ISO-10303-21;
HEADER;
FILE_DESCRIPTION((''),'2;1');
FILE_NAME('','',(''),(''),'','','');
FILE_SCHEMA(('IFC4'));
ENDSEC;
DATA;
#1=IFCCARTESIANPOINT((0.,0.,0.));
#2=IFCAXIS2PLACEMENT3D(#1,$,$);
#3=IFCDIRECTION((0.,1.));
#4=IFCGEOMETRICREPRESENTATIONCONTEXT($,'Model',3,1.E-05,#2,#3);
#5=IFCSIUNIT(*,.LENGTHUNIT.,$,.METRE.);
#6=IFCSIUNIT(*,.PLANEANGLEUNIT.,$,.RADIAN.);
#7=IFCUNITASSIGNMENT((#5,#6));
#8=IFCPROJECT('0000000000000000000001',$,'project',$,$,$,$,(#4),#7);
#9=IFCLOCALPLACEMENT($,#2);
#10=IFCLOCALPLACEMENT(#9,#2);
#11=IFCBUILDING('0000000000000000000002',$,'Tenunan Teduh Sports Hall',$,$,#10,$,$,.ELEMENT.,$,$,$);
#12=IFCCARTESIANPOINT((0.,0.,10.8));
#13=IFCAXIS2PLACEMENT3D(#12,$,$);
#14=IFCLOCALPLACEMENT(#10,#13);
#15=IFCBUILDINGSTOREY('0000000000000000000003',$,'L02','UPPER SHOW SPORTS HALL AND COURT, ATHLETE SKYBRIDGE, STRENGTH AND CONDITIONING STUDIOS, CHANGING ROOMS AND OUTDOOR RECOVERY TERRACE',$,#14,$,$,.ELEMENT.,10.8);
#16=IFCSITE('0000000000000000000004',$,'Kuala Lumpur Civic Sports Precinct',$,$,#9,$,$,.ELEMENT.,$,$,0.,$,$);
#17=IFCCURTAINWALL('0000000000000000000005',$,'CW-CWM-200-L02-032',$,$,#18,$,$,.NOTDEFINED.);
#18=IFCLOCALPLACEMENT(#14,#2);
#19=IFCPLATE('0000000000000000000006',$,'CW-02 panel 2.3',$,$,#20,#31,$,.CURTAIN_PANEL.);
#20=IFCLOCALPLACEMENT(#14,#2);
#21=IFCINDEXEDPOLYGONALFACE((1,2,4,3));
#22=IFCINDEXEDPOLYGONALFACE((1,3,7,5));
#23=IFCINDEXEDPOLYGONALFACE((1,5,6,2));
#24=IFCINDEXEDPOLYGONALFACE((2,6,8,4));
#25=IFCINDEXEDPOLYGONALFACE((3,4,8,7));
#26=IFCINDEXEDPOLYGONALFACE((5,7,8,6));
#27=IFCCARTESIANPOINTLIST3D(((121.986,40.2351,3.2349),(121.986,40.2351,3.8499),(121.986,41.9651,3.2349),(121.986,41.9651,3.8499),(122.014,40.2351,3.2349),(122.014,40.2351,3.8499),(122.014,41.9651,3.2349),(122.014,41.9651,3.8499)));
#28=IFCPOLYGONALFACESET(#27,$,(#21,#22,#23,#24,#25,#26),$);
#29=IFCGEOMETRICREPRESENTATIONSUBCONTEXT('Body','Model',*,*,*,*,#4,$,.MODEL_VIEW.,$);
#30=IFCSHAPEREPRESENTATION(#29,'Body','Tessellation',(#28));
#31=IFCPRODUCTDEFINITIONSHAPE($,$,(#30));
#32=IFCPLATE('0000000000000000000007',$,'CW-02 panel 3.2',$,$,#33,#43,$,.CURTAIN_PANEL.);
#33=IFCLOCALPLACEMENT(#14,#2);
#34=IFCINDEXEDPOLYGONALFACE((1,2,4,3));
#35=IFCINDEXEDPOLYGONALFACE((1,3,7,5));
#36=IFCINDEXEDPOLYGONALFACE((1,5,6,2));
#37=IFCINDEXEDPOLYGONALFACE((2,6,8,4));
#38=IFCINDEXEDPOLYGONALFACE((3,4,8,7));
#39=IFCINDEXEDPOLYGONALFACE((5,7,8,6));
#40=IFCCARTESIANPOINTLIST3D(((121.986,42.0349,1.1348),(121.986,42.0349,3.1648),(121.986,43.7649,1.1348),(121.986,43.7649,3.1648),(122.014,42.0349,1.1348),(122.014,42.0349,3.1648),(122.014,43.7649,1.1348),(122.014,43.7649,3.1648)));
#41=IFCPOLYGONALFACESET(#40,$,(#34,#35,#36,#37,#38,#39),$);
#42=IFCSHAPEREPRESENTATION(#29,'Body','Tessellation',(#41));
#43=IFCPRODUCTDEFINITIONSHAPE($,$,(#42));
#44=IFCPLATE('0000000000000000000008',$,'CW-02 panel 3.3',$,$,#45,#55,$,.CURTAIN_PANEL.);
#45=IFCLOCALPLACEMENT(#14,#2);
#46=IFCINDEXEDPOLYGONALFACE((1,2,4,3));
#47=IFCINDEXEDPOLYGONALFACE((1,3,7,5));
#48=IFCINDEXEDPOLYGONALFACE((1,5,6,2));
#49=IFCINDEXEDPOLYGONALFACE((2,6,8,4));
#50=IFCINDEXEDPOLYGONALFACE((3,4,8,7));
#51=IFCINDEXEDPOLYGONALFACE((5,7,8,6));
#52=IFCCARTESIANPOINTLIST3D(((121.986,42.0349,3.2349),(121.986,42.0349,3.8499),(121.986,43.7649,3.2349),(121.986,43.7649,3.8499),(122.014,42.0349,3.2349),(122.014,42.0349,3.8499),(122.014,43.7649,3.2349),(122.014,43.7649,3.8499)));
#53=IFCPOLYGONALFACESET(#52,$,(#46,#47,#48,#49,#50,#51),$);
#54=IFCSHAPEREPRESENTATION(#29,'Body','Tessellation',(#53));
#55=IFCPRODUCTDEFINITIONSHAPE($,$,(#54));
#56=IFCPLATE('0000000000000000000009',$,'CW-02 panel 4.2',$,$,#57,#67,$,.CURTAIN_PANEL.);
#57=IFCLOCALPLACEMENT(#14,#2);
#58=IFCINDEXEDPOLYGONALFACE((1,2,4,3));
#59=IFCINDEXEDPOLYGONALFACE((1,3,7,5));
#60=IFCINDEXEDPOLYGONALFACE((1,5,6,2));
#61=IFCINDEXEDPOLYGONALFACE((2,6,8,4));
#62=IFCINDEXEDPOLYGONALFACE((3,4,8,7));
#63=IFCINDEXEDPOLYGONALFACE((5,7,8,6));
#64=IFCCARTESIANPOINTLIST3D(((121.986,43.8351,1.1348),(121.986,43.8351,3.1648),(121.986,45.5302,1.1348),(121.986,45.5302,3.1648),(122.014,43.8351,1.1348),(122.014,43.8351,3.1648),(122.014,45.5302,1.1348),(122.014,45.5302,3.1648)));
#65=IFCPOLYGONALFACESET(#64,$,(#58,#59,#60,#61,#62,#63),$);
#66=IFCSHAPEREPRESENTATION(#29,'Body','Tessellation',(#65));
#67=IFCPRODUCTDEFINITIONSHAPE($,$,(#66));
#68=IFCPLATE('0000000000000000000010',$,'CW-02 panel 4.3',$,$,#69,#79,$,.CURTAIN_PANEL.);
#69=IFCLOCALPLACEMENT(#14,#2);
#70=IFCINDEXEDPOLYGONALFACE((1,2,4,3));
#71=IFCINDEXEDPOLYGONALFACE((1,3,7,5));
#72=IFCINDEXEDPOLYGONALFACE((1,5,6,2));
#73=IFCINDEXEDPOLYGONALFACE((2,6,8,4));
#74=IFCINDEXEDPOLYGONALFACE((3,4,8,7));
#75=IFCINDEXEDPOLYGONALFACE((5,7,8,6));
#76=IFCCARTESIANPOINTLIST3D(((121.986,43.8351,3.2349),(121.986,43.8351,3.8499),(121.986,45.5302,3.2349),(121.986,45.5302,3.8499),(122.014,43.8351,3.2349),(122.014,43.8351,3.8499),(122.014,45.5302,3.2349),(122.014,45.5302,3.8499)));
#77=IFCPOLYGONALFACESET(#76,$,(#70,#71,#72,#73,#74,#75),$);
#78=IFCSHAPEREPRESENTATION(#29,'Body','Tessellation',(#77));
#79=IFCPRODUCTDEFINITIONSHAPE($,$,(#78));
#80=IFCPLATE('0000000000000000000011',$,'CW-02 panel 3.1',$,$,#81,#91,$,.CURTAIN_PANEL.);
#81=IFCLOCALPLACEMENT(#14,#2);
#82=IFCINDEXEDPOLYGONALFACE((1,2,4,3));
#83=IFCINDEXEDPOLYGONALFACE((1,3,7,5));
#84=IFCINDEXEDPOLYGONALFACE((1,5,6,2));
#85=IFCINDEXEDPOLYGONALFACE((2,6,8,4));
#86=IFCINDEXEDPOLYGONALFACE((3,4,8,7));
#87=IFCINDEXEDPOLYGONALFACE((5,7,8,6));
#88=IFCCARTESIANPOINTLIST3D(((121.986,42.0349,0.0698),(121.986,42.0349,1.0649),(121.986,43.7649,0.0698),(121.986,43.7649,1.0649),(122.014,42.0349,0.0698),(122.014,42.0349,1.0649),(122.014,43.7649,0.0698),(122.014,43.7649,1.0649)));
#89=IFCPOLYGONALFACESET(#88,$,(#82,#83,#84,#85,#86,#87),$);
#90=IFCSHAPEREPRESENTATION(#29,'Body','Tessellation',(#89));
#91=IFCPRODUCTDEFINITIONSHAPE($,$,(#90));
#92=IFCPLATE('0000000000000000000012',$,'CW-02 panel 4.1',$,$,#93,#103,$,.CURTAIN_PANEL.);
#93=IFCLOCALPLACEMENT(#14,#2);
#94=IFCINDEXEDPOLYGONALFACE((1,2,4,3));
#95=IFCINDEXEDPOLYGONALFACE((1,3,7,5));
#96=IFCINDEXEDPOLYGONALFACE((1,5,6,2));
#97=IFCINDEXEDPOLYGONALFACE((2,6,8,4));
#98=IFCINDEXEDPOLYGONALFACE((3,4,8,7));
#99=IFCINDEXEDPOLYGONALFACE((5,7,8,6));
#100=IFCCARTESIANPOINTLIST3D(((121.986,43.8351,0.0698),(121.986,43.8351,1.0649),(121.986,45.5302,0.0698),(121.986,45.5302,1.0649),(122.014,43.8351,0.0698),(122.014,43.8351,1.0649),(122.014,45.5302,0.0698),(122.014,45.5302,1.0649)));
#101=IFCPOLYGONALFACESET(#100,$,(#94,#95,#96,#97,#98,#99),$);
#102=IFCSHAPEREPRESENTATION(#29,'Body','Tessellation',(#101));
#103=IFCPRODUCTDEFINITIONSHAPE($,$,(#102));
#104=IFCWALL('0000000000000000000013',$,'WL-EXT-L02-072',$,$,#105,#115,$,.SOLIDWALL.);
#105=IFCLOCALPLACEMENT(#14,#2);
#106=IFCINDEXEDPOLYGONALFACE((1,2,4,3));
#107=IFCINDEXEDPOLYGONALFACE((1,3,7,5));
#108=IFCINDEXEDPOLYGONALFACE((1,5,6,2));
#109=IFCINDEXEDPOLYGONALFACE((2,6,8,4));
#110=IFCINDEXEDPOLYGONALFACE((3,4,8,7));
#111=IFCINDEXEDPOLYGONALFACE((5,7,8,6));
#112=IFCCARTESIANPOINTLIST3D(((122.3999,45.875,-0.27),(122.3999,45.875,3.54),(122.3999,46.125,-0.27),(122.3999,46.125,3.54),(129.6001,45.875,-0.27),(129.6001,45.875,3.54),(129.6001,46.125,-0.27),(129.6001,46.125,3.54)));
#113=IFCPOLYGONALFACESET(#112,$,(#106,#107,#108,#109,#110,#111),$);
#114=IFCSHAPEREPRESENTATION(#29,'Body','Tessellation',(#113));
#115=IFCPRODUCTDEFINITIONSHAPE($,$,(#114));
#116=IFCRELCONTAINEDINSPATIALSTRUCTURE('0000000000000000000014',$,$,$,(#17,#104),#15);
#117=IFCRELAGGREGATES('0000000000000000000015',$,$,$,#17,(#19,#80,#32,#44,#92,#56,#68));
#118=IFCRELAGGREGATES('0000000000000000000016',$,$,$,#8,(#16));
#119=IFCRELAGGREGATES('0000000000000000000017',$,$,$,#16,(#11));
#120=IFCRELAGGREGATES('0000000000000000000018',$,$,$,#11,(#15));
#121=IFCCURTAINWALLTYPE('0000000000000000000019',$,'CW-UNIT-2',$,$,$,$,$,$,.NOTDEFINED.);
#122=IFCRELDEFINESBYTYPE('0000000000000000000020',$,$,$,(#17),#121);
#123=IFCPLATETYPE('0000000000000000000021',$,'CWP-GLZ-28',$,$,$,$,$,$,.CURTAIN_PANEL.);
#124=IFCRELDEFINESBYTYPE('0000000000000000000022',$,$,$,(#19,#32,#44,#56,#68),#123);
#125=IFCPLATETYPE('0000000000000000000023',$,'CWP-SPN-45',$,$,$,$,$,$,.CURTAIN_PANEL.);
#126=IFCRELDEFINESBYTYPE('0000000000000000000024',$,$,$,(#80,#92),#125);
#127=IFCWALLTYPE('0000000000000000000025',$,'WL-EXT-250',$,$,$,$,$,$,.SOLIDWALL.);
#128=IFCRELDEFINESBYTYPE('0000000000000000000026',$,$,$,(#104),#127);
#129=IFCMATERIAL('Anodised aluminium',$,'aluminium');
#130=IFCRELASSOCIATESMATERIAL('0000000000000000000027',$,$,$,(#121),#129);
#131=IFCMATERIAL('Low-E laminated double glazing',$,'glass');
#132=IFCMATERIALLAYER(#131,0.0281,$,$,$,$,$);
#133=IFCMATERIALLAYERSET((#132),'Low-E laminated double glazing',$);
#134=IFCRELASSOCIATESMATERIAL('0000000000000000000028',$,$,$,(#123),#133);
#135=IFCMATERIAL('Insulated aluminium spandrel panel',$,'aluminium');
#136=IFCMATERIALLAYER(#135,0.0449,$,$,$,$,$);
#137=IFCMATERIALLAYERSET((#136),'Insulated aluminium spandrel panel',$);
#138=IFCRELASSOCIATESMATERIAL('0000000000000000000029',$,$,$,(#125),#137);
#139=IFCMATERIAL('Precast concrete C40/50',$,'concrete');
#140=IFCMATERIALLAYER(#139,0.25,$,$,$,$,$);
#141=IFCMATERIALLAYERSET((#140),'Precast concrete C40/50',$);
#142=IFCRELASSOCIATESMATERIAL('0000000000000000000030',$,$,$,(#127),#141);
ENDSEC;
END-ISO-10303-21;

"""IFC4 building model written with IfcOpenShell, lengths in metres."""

from ifc_helpers import new_model, si_unit, direction, frame, frame_2d, origin, origin_2d, place, context, subcontext, project, spatial, rectangle, extrude, material, layer, layer_set, type_object, element, aggregate, save


model = new_model("IFC4")

# Units and contexts
model_context = context("Model", 3, precision=1e-05, world=origin(), true_north=direction((0.0, 1.0)))
body_context = subcontext(model_context, "Body", "Model", "MODEL_VIEW")
ifc_project = project(units=[si_unit("LENGTHUNIT", "METRE"), si_unit("PLANEANGLEUNIT", "RADIAN")], contexts=[model_context])

# Site, building, storey
site_placement = place(None, origin())
site = spatial("IfcSite", under=ifc_project, at=site_placement, Name="Kuala Lumpur Civic Sports Precinct", CompositionType="ELEMENT", RefElevation=0.0)
building_placement = place(site_placement, origin())
building = spatial("IfcBuilding", under=site, at=building_placement, Name="Tenunan Teduh Sports Hall", CompositionType="ELEMENT")
storey_placement = place(building_placement, frame((0.0, 0.0, 10.8)))
storey = spatial("IfcBuildingStorey", under=building, at=storey_placement, Name="L02", Description="UPPER SHOW SPORTS HALL AND COURT, ATHLETE SKYBRIDGE, STRENGTH AND CONDITIONING STUDIOS, CHANGING ROOMS AND OUTDOOR RECOVERY TERRACE", CompositionType="ELEMENT", Elevation=10.8)

# Curtain wall, plates
ifc_material_1 = material(Name="Anodised aluminium", Category="aluminium")
curtain_wall_type = type_object("IfcCurtainWallType", Name="CW-UNIT-2", PredefinedType="NOTDEFINED", material=ifc_material_1)
curtain_wall_placement = place(storey_placement, origin())
curtain_wall = element("IfcCurtainWall", 1, at=curtain_wall_placement, inside=storey, type_object=curtain_wall_type, Name="CW-CWM-200-L02-032", PredefinedType="NOTDEFINED")
ifc_material_2 = material(Name="Low-E laminated double glazing", Category="glass")
ifc_layer_1 = layer(ifc_material_2, 0.0281)
ifc_layer_set_1 = layer_set([ifc_layer_1], Name="Low-E laminated double glazing")
plate_type_1 = type_object("IfcPlateType", Name="CWP-GLZ-28", PredefinedType="CURTAIN_PANEL", material=ifc_layer_set_1)
plate_1_placement = place(storey_placement, frame((122.0, 41.1001, 3.2349), z_axis=(0.0, 0.0, 1.0), x_axis=(0.0, 1.0, 0.0)))
plate_1 = element("IfcPlate", 2, at=plate_1_placement, type_object=plate_type_1, Name="CW-02 panel 2.3", PredefinedType="CURTAIN_PANEL", context=body_context, shape_type="SweptSolid", body=[
    extrude(rectangle(XDim=1.73, YDim=0.0281, at=origin_2d()), origin(), (0.0, 0.0, 1.0), 0.615),
])
plate_2_placement = place(storey_placement, frame((122.0, 42.8999, 1.1348), z_axis=(0.0, 0.0, 1.0), x_axis=(0.0, 1.0, 0.0)))
plate_2 = element("IfcPlate", 3, at=plate_2_placement, type_object=plate_type_1, Name="CW-02 panel 3.2", PredefinedType="CURTAIN_PANEL", context=body_context, shape_type="SweptSolid", body=[
    extrude(rectangle(XDim=1.73, YDim=0.0281, at=origin_2d()), origin(), (0.0, 0.0, 1.0), 2.03),
])
plate_3_placement = place(storey_placement, frame((122.0, 42.8999, 3.2349), z_axis=(0.0, 0.0, 1.0), x_axis=(0.0, 1.0, 0.0)))
plate_3 = element("IfcPlate", 4, at=plate_3_placement, type_object=plate_type_1, Name="CW-02 panel 3.3", PredefinedType="CURTAIN_PANEL", context=body_context, shape_type="SweptSolid", body=[
    extrude(rectangle(XDim=1.73, YDim=0.0281, at=origin_2d()), origin(), (0.0, 0.0, 1.0), 0.615),
])
plate_4_placement = place(storey_placement, frame((122.0, 44.6826, 1.1348), z_axis=(0.0, 0.0, 1.0), x_axis=(0.0, 1.0, 0.0)))
plate_4 = element("IfcPlate", 5, at=plate_4_placement, type_object=plate_type_1, Name="CW-02 panel 4.2", PredefinedType="CURTAIN_PANEL", context=body_context, shape_type="SweptSolid", body=[
    extrude(rectangle(XDim=1.6951, YDim=0.0281, at=origin_2d()), origin(), (0.0, 0.0, 1.0), 2.03),
])
plate_5_placement = place(storey_placement, frame((122.0, 44.6826, 3.2349), z_axis=(0.0, 0.0, 1.0), x_axis=(0.0, 1.0, 0.0)))
plate_5 = element("IfcPlate", 6, at=plate_5_placement, type_object=plate_type_1, Name="CW-02 panel 4.3", PredefinedType="CURTAIN_PANEL", context=body_context, shape_type="SweptSolid", body=[
    extrude(rectangle(XDim=1.6951, YDim=0.0281, at=origin_2d()), origin(), (0.0, 0.0, 1.0), 0.615),
])
ifc_material_3 = material(Name="Insulated aluminium spandrel panel", Category="aluminium")
ifc_layer_2 = layer(ifc_material_3, 0.0449)
ifc_layer_set_2 = layer_set([ifc_layer_2], Name="Insulated aluminium spandrel panel")
plate_type_2 = type_object("IfcPlateType", Name="CWP-SPN-45", PredefinedType="CURTAIN_PANEL", material=ifc_layer_set_2)
plate_6_placement = place(storey_placement, frame((122.0, 42.8999, 0.0698), z_axis=(0.0, 0.0, 1.0), x_axis=(0.0, 1.0, 0.0)))
plate_6 = element("IfcPlate", 7, at=plate_6_placement, type_object=plate_type_2, Name="CW-02 panel 3.1", PredefinedType="CURTAIN_PANEL", context=body_context, shape_type="SweptSolid", body=[
    extrude(rectangle(XDim=1.73, YDim=0.0281, at=origin_2d()), origin(), (0.0, 0.0, 1.0), 0.9951),
])
plate_7_placement = place(storey_placement, frame((122.0, 44.6826, 0.0698), z_axis=(0.0, 0.0, 1.0), x_axis=(0.0, 1.0, 0.0)))
plate_7 = element("IfcPlate", 8, at=plate_7_placement, type_object=plate_type_2, Name="CW-02 panel 4.1", PredefinedType="CURTAIN_PANEL", context=body_context, shape_type="SweptSolid", body=[
    extrude(rectangle(XDim=1.6951, YDim=0.0281, at=origin_2d()), origin(), (0.0, 0.0, 1.0), 0.9951),
])
aggregate(curtain_wall, [plate_1, plate_6, plate_2, plate_3, plate_7, plate_4, plate_5])

# Wall
ifc_material_4 = material(Name="Precast concrete C40/50", Category="concrete")
ifc_layer_3 = layer(ifc_material_4, 0.25)
ifc_layer_set_3 = layer_set([ifc_layer_3], Name="Precast concrete C40/50")
wall_type = type_object("IfcWallType", Name="WL-EXT-250", PredefinedType="SOLIDWALL", material=ifc_layer_set_3)
wall_placement = place(storey_placement, frame((122.3999, 46.0, -0.27), z_axis=(0.0, 0.0, 1.0), x_axis=(1.0, 0.0, 0.0)))
element("IfcWall", 9, at=wall_placement, inside=storey, type_object=wall_type, Name="WL-EXT-L02-072", PredefinedType="SOLIDWALL", context=body_context, shape_type="SweptSolid", body=[
    extrude(rectangle(XDim=7.2002, YDim=0.25, at=frame_2d((3.6001, 0.0))), origin(), (0.0, 0.0, 1.0), 3.8101),
])

save(model, "model.ifc")
